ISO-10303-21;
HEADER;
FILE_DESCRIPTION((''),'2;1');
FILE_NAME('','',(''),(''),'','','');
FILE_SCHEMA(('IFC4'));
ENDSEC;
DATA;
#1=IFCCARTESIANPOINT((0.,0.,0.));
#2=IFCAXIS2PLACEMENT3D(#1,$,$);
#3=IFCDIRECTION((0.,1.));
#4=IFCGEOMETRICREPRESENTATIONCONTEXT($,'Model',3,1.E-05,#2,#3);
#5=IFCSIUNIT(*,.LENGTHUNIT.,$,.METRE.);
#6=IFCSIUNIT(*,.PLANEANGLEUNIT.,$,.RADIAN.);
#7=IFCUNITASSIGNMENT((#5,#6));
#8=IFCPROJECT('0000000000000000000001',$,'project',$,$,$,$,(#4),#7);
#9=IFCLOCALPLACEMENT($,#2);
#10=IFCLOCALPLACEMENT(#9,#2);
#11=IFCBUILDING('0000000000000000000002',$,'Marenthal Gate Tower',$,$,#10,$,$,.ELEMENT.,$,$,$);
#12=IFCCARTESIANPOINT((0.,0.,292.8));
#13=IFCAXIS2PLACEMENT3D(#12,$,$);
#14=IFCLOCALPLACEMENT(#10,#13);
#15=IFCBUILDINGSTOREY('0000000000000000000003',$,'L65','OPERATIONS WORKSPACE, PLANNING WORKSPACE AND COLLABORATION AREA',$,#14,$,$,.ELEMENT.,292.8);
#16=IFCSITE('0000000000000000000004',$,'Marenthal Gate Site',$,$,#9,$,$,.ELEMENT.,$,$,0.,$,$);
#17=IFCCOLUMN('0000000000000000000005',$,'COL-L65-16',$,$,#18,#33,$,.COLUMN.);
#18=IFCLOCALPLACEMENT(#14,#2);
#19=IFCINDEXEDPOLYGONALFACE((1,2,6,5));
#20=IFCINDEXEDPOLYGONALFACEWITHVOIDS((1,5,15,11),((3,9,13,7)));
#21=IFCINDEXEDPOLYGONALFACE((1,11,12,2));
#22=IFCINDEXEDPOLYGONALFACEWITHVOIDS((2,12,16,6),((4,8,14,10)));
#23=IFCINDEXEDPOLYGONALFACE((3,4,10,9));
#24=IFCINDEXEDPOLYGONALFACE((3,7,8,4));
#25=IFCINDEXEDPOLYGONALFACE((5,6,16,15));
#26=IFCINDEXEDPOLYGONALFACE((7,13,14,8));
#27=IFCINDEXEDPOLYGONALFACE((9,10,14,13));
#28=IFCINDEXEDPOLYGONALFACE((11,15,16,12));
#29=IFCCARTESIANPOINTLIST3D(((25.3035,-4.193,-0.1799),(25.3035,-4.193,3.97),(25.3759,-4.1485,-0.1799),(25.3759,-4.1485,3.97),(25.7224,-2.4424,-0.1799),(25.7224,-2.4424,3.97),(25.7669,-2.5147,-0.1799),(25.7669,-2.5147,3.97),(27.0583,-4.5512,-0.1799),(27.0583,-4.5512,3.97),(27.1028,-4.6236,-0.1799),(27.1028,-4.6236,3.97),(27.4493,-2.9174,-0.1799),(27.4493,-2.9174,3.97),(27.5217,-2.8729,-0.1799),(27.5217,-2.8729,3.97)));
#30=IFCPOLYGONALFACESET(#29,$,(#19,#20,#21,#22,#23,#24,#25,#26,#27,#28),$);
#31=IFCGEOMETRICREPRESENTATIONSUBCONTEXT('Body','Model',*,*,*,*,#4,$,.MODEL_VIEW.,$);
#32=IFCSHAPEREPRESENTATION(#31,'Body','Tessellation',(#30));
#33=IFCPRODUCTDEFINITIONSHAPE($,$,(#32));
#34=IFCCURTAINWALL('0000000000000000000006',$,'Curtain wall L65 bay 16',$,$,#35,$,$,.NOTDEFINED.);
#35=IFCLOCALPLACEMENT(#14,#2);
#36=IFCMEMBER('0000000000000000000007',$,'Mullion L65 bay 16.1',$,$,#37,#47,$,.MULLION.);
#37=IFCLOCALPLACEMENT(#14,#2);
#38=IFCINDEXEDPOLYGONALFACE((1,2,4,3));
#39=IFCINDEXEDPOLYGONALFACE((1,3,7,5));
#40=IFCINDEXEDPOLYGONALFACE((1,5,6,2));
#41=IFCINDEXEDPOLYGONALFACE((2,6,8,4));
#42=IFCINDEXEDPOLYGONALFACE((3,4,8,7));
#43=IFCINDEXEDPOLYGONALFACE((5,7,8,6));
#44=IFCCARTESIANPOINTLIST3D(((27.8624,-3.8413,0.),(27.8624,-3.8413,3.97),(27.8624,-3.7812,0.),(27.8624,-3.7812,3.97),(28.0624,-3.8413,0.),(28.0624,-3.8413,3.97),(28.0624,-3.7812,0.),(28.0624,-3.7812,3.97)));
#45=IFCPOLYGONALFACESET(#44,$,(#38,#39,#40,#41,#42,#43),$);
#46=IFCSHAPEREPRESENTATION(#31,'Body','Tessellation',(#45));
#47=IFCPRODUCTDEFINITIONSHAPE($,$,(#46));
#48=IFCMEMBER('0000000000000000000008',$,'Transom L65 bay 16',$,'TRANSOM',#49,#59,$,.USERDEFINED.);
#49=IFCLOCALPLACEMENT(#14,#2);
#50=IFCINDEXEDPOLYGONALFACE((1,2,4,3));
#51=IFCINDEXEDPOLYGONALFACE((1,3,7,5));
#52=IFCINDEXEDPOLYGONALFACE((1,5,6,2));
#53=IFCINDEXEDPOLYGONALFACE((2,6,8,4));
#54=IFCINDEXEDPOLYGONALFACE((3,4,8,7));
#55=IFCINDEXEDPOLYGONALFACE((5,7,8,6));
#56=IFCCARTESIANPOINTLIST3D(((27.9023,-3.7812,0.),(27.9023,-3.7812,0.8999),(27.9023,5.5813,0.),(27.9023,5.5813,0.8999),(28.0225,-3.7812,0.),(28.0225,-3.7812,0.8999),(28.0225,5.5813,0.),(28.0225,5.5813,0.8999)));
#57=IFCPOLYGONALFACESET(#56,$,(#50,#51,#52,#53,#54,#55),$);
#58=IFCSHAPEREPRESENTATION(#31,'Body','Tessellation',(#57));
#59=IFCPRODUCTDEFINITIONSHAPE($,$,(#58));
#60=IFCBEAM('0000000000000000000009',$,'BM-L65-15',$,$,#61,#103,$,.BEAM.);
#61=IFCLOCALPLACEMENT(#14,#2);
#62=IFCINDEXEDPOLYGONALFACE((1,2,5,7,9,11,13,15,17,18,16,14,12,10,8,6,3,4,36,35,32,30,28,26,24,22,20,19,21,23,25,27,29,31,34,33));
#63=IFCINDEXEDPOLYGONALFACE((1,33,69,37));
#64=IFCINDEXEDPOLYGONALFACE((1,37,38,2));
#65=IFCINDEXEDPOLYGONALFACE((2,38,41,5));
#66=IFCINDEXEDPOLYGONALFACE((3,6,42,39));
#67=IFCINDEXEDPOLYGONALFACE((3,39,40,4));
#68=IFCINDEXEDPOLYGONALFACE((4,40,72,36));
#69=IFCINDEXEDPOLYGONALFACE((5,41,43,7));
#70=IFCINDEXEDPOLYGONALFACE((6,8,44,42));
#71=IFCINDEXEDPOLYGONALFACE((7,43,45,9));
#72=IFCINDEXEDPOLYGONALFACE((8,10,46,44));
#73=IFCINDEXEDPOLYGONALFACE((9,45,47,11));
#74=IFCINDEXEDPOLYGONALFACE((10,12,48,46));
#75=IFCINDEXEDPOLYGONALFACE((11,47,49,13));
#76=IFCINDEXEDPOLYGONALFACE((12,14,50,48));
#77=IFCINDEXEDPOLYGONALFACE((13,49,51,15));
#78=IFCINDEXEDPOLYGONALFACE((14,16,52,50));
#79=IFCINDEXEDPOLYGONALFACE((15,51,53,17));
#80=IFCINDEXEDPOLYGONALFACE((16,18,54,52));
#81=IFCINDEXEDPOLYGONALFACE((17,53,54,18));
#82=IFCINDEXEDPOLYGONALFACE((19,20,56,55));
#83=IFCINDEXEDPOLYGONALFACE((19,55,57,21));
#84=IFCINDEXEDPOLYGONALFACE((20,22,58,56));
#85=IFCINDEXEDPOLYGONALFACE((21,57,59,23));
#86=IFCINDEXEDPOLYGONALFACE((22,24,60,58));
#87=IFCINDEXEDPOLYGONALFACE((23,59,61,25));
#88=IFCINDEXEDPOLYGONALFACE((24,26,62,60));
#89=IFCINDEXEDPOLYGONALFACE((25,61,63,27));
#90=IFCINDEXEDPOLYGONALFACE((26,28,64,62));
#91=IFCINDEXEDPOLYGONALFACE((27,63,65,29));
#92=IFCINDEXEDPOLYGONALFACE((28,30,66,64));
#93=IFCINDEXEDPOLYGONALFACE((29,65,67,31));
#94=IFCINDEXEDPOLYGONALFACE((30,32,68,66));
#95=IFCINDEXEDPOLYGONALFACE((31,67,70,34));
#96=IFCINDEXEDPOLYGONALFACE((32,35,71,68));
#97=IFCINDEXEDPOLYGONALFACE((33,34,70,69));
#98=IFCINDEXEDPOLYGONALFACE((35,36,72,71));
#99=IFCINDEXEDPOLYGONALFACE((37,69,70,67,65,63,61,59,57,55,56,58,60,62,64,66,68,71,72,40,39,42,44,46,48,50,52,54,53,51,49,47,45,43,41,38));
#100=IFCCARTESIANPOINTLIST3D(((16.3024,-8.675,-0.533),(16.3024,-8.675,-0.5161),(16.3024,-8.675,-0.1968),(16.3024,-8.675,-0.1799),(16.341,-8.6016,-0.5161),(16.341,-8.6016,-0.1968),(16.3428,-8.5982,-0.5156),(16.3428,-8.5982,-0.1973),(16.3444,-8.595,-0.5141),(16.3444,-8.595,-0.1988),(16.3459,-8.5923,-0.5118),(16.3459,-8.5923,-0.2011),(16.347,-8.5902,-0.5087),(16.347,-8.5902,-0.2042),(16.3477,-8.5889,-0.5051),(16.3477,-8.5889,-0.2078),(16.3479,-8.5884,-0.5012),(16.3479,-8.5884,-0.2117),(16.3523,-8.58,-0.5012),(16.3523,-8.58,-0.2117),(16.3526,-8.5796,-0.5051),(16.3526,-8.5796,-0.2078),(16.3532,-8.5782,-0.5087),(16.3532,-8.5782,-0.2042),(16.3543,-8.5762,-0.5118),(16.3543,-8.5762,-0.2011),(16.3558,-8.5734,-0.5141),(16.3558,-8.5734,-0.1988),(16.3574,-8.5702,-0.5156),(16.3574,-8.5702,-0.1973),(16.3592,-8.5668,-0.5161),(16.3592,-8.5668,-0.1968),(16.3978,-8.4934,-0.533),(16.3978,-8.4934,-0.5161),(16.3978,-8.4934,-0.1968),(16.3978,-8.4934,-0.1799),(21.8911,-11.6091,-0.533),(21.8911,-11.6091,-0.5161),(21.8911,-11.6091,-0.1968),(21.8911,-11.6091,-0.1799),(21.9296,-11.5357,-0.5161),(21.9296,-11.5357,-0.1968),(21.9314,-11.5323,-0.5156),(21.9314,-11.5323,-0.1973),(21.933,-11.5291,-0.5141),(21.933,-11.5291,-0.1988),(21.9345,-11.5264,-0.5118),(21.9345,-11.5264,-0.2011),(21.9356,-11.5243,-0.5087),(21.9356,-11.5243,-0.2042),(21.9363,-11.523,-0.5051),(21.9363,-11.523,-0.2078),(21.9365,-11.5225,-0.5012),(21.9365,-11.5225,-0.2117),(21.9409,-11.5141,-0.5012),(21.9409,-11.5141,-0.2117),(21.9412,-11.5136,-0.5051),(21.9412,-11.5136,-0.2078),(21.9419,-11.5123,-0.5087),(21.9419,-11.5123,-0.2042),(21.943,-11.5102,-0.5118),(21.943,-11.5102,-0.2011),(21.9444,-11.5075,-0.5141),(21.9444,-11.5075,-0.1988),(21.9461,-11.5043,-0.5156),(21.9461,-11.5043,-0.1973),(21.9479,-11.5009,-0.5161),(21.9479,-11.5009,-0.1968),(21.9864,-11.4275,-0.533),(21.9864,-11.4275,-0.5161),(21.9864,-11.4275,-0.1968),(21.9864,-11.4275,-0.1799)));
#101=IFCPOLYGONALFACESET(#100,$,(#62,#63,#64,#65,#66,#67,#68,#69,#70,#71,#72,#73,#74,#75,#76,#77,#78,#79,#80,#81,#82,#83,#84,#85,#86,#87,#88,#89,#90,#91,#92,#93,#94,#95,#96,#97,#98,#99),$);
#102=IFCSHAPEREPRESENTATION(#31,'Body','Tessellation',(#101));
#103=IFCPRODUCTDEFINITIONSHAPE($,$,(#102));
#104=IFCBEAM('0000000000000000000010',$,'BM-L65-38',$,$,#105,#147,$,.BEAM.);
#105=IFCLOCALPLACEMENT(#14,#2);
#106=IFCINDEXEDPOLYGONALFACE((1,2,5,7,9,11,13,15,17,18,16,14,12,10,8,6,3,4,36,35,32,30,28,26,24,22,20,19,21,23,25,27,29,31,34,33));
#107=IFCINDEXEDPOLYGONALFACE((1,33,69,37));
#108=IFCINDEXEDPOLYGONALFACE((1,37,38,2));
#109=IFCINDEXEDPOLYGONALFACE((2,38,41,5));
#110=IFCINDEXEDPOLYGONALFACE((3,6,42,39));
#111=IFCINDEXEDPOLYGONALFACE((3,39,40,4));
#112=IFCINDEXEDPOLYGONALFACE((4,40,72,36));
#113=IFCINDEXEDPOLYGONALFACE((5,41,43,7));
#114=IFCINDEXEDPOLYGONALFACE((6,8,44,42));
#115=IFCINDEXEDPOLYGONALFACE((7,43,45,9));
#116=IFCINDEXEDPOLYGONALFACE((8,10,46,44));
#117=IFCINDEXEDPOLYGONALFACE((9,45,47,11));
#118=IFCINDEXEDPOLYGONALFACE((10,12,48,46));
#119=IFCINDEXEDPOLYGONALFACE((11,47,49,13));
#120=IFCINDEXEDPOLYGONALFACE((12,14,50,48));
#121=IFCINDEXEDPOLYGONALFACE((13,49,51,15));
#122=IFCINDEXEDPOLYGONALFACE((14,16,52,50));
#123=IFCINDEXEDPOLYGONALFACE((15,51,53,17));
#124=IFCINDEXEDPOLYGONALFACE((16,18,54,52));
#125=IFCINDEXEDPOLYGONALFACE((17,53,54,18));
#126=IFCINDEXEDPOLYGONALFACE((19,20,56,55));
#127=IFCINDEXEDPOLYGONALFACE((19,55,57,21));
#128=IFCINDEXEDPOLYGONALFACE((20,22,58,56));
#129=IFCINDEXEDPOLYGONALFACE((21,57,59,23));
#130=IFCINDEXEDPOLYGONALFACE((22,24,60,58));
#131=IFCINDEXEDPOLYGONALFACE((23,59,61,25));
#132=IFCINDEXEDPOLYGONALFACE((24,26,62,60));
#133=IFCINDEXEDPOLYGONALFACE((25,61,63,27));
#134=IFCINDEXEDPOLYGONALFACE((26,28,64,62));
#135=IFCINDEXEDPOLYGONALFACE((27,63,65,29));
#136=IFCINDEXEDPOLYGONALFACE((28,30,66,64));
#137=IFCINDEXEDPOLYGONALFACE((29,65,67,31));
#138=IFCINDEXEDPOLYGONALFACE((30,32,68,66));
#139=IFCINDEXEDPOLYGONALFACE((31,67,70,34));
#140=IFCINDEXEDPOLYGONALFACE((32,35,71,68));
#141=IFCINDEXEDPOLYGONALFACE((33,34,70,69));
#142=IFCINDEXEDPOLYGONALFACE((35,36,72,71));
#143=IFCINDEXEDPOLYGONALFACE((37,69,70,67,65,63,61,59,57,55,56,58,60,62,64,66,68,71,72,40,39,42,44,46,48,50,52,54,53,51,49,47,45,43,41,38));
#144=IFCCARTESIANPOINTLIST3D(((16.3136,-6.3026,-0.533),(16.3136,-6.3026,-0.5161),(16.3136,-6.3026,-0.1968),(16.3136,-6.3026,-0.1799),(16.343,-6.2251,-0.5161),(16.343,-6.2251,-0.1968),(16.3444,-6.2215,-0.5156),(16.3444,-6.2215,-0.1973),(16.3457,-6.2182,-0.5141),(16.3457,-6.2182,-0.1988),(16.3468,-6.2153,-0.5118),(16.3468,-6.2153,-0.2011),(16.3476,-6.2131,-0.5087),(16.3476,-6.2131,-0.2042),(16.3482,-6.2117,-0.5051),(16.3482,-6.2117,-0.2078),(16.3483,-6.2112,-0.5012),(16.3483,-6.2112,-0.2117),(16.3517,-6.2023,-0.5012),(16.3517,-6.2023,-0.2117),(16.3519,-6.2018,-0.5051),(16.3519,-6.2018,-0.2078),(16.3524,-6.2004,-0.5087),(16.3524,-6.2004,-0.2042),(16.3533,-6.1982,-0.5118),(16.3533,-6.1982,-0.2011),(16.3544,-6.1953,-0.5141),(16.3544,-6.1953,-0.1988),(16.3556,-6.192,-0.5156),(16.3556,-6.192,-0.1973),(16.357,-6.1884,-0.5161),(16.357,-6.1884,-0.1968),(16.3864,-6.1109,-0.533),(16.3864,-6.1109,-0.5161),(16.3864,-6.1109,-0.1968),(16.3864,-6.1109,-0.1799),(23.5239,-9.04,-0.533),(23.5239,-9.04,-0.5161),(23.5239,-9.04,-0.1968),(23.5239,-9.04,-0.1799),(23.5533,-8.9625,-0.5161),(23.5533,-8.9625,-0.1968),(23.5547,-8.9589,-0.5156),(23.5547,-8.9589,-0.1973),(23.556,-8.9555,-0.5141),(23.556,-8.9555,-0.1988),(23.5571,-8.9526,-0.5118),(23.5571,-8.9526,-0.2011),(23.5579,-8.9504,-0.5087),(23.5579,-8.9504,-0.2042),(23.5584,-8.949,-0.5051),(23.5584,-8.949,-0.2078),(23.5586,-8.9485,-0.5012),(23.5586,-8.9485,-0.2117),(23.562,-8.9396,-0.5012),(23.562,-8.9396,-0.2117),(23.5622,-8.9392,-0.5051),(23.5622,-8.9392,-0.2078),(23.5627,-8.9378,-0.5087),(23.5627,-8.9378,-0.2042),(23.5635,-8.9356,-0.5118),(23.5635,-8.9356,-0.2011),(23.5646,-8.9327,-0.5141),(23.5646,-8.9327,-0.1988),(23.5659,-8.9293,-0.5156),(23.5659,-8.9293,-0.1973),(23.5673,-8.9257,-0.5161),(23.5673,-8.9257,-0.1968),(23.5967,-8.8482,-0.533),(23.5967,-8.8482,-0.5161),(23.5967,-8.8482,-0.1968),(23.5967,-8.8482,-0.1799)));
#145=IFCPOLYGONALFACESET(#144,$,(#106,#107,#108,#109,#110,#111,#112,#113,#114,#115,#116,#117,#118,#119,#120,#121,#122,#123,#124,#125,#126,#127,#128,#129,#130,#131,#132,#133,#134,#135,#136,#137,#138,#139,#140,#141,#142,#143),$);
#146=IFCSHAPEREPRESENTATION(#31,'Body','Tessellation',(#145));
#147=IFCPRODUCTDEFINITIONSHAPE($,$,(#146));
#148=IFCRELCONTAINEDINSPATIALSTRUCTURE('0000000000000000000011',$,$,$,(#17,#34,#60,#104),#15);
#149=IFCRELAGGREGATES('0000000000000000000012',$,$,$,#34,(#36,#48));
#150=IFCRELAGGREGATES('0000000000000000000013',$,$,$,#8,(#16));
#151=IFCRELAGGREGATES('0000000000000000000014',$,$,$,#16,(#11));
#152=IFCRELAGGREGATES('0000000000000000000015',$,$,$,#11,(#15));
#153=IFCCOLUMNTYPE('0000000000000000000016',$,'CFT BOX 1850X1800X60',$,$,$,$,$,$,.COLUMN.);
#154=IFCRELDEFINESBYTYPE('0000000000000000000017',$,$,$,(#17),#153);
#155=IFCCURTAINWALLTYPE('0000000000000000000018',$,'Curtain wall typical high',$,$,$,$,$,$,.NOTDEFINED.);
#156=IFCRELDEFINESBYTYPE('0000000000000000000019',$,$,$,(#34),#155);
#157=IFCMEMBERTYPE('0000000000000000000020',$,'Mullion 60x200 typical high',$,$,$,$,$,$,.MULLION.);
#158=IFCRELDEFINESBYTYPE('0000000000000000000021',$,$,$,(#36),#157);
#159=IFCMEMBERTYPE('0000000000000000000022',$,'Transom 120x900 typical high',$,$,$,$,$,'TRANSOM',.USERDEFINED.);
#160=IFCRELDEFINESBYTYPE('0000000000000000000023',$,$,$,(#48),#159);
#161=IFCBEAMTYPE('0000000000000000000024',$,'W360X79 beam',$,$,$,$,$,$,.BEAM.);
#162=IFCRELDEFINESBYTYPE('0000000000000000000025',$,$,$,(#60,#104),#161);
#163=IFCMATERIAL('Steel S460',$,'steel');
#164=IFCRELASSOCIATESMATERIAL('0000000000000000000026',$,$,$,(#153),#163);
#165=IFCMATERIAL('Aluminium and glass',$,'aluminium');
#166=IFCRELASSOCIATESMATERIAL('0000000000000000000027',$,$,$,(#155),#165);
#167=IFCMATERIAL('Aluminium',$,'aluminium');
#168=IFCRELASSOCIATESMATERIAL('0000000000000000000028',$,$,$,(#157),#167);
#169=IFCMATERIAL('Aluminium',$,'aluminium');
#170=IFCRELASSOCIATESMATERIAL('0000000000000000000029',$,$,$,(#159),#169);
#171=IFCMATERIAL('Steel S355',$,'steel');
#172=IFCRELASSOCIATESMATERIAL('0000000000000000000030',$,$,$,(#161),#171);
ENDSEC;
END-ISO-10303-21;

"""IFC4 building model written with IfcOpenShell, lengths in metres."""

from ifc_helpers import new_model, si_unit, direction, frame, origin, origin_2d, place, context, subcontext, project, spatial, rectangle, hollow_rectangle, i_section, extrude, material, material_profile, profile_set, type_object, element, aggregate, save


model = new_model("IFC4")

# Units and contexts
model_context = context("Model", 3, precision=1e-05, world=origin(), true_north=direction((0.0, 1.0)))
body_context = subcontext(model_context, "Body", "Model", "MODEL_VIEW")
ifc_project = project(units=[si_unit("LENGTHUNIT", "METRE"), si_unit("PLANEANGLEUNIT", "RADIAN")], contexts=[model_context])

# Site, building, storey
site_placement = place(None, origin())
site = spatial("IfcSite", under=ifc_project, at=site_placement, Name="Marenthal Gate Site", CompositionType="ELEMENT", RefElevation=0.0)
building_placement = place(site_placement, origin())
building = spatial("IfcBuilding", under=site, at=building_placement, Name="Marenthal Gate Tower", CompositionType="ELEMENT")
storey_placement = place(building_placement, frame((0.0, 0.0, 292.8)))
storey = spatial("IfcBuildingStorey", under=building, at=storey_placement, Name="L65", Description="OPERATIONS WORKSPACE, PLANNING WORKSPACE AND COLLABORATION AREA", CompositionType="ELEMENT", Elevation=292.8)

# Column
ifc_material_1 = material(Name="Steel S460", Category="steel")
ifc_material_profile_1 = material_profile(ifc_material_1, hollow_rectangle(XDim=1.8, YDim=1.8501, WallThickness=0.0601, at=origin_2d()), Name="CFT BOX 1850X1800X60")
ifc_material_2 = material(Name="Concrete 70 MPa", Category="concrete")
ifc_material_profile_2 = material_profile(ifc_material_2, rectangle(XDim=1.6799, YDim=1.73, at=origin_2d()), Name="CFT BOX 1850X1800X60 INFILL")
ifc_profile_set_1 = profile_set([ifc_material_profile_1, ifc_material_profile_2], Name="Steel S460 shell, Concrete 70 MPa infill")
column_type = type_object("IfcColumnType", Name="CFT BOX 1850X1800X60", PredefinedType="COLUMN", material=ifc_profile_set_1)
column_placement = place(storey_placement, frame((26.4126, -3.533, -0.1799), z_axis=(0.0, 0.0, 1.0), x_axis=(-0.232739, -0.972539, 0.0)))
element("IfcColumn", 1, at=column_placement, inside=storey, type_object=column_type, Name="COL-L65-16", PredefinedType="COLUMN", context=body_context, shape_type="SweptSolid", body=[
    extrude(hollow_rectangle(XDim=1.8, YDim=1.8501, WallThickness=0.0601, at=origin_2d()), origin(), (0.0, 0.0, 1.0), 4.1499),
])

# Curtain wall, members
ifc_material_3 = material(Name="Aluminium and glass", Category="aluminium")
curtain_wall_type = type_object("IfcCurtainWallType", Name="Curtain wall typical high", PredefinedType="NOTDEFINED", material=ifc_material_3)
curtain_wall_placement = place(storey_placement, origin())
curtain_wall = element("IfcCurtainWall", 2, at=curtain_wall_placement, inside=storey, type_object=curtain_wall_type, Name="Curtain wall L65 bay 16", PredefinedType="NOTDEFINED")
ifc_material_4 = material(Name="Aluminium", Category="aluminium")
ifc_material_profile_3 = material_profile(ifc_material_4, rectangle(XDim=0.2, YDim=0.0601, at=origin_2d()), Name="60x200 aluminium mullion")
ifc_profile_set_2 = profile_set([ifc_material_profile_3], Name="Aluminium")
member_type_1 = type_object("IfcMemberType", Name="Mullion 60x200 typical high", PredefinedType="MULLION", material=ifc_profile_set_2)
member_1_placement = place(storey_placement, frame((27.9624, -3.8113, 0.0), z_axis=(0.0, 0.0, 1.0), x_axis=(-1.0, 0.0, 0.0)))
member_1 = element("IfcMember", 3, at=member_1_placement, type_object=member_type_1, Name="Mullion L65 bay 16.1", PredefinedType="MULLION", context=body_context, shape_type="SweptSolid", body=[
    extrude(rectangle(XDim=0.2, YDim=0.0601, at=origin_2d()), origin(), (0.0, 0.0, 1.0), 3.97),
])
ifc_material_5 = material(Name="Aluminium", Category="aluminium")
ifc_material_profile_4 = material_profile(ifc_material_5, rectangle(XDim=0.1201, YDim=0.8999, at=origin_2d()), Name="120x900 aluminium transom")
ifc_profile_set_3 = profile_set([ifc_material_profile_4], Name="Aluminium")
member_type_2 = type_object("IfcMemberType", Name="Transom 120x900 typical high", ElementType="TRANSOM", PredefinedType="USERDEFINED", material=ifc_profile_set_3)
member_2_placement = place(storey_placement, frame((27.9624, -3.7812, 0.45), z_axis=(0.0, 1.0, 0.0), x_axis=(-1.0, 0.0, 0.0)))
member_2 = element("IfcMember", 4, at=member_2_placement, type_object=member_type_2, Name="Transom L65 bay 16", ObjectType="TRANSOM", PredefinedType="USERDEFINED", context=body_context, shape_type="SweptSolid", body=[
    extrude(rectangle(XDim=0.1201, YDim=0.8999, at=origin_2d()), origin(), (0.0, 0.0, 1.0), 9.3625),
])

# Beams
ifc_material_6 = material(Name="Steel S355", Category="steel")
ifc_material_profile_5 = material_profile(ifc_material_6, i_section(OverallWidth=0.2051, OverallDepth=0.353, WebThickness=0.0095, FlangeThickness=0.0168, FilletRadius=0.0149, at=origin_2d()), Name="W360X79")
ifc_profile_set_4 = profile_set([ifc_material_profile_5], Name="Steel S355")
beam_type_1 = type_object("IfcBeamType", Name="W360X79 beam", PredefinedType="BEAM", material=ifc_profile_set_4)
beam_1_placement = place(storey_placement, frame((21.9387, -11.5183, -0.3564), z_axis=(-0.885394, 0.464841, 0.0), x_axis=(-0.464841, -0.885394, 0.0)))
element("IfcBeam", 5, at=beam_1_placement, inside=storey, type_object=beam_type_1, Name="BM-L65-15", PredefinedType="BEAM", context=body_context, shape_type="SweptSolid", body=[
    extrude(i_section(OverallWidth=0.2051, OverallDepth=0.353, WebThickness=0.0095, FlangeThickness=0.0168, FilletRadius=0.0149, at=origin_2d()), origin(), (0.0, 0.0, 1.0), 6.312),
])
beam_2_placement = place(storey_placement, frame((23.5603, -8.9441, -0.3564), z_axis=(-0.934894, 0.354926, 0.0), x_axis=(-0.354926, -0.934894, 0.0)))
element("IfcBeam", 6, at=beam_2_placement, inside=storey, type_object=beam_type_1, Name="BM-L65-38", PredefinedType="BEAM", context=body_context, shape_type="SweptSolid", body=[
    extrude(i_section(OverallWidth=0.2051, OverallDepth=0.353, WebThickness=0.0095, FlangeThickness=0.0168, FilletRadius=0.0149, at=origin_2d()), origin(), (0.0, 0.0, 1.0), 7.7124),
])

aggregate(curtain_wall, [member_1, member_2])

save(model, "model.ifc")
